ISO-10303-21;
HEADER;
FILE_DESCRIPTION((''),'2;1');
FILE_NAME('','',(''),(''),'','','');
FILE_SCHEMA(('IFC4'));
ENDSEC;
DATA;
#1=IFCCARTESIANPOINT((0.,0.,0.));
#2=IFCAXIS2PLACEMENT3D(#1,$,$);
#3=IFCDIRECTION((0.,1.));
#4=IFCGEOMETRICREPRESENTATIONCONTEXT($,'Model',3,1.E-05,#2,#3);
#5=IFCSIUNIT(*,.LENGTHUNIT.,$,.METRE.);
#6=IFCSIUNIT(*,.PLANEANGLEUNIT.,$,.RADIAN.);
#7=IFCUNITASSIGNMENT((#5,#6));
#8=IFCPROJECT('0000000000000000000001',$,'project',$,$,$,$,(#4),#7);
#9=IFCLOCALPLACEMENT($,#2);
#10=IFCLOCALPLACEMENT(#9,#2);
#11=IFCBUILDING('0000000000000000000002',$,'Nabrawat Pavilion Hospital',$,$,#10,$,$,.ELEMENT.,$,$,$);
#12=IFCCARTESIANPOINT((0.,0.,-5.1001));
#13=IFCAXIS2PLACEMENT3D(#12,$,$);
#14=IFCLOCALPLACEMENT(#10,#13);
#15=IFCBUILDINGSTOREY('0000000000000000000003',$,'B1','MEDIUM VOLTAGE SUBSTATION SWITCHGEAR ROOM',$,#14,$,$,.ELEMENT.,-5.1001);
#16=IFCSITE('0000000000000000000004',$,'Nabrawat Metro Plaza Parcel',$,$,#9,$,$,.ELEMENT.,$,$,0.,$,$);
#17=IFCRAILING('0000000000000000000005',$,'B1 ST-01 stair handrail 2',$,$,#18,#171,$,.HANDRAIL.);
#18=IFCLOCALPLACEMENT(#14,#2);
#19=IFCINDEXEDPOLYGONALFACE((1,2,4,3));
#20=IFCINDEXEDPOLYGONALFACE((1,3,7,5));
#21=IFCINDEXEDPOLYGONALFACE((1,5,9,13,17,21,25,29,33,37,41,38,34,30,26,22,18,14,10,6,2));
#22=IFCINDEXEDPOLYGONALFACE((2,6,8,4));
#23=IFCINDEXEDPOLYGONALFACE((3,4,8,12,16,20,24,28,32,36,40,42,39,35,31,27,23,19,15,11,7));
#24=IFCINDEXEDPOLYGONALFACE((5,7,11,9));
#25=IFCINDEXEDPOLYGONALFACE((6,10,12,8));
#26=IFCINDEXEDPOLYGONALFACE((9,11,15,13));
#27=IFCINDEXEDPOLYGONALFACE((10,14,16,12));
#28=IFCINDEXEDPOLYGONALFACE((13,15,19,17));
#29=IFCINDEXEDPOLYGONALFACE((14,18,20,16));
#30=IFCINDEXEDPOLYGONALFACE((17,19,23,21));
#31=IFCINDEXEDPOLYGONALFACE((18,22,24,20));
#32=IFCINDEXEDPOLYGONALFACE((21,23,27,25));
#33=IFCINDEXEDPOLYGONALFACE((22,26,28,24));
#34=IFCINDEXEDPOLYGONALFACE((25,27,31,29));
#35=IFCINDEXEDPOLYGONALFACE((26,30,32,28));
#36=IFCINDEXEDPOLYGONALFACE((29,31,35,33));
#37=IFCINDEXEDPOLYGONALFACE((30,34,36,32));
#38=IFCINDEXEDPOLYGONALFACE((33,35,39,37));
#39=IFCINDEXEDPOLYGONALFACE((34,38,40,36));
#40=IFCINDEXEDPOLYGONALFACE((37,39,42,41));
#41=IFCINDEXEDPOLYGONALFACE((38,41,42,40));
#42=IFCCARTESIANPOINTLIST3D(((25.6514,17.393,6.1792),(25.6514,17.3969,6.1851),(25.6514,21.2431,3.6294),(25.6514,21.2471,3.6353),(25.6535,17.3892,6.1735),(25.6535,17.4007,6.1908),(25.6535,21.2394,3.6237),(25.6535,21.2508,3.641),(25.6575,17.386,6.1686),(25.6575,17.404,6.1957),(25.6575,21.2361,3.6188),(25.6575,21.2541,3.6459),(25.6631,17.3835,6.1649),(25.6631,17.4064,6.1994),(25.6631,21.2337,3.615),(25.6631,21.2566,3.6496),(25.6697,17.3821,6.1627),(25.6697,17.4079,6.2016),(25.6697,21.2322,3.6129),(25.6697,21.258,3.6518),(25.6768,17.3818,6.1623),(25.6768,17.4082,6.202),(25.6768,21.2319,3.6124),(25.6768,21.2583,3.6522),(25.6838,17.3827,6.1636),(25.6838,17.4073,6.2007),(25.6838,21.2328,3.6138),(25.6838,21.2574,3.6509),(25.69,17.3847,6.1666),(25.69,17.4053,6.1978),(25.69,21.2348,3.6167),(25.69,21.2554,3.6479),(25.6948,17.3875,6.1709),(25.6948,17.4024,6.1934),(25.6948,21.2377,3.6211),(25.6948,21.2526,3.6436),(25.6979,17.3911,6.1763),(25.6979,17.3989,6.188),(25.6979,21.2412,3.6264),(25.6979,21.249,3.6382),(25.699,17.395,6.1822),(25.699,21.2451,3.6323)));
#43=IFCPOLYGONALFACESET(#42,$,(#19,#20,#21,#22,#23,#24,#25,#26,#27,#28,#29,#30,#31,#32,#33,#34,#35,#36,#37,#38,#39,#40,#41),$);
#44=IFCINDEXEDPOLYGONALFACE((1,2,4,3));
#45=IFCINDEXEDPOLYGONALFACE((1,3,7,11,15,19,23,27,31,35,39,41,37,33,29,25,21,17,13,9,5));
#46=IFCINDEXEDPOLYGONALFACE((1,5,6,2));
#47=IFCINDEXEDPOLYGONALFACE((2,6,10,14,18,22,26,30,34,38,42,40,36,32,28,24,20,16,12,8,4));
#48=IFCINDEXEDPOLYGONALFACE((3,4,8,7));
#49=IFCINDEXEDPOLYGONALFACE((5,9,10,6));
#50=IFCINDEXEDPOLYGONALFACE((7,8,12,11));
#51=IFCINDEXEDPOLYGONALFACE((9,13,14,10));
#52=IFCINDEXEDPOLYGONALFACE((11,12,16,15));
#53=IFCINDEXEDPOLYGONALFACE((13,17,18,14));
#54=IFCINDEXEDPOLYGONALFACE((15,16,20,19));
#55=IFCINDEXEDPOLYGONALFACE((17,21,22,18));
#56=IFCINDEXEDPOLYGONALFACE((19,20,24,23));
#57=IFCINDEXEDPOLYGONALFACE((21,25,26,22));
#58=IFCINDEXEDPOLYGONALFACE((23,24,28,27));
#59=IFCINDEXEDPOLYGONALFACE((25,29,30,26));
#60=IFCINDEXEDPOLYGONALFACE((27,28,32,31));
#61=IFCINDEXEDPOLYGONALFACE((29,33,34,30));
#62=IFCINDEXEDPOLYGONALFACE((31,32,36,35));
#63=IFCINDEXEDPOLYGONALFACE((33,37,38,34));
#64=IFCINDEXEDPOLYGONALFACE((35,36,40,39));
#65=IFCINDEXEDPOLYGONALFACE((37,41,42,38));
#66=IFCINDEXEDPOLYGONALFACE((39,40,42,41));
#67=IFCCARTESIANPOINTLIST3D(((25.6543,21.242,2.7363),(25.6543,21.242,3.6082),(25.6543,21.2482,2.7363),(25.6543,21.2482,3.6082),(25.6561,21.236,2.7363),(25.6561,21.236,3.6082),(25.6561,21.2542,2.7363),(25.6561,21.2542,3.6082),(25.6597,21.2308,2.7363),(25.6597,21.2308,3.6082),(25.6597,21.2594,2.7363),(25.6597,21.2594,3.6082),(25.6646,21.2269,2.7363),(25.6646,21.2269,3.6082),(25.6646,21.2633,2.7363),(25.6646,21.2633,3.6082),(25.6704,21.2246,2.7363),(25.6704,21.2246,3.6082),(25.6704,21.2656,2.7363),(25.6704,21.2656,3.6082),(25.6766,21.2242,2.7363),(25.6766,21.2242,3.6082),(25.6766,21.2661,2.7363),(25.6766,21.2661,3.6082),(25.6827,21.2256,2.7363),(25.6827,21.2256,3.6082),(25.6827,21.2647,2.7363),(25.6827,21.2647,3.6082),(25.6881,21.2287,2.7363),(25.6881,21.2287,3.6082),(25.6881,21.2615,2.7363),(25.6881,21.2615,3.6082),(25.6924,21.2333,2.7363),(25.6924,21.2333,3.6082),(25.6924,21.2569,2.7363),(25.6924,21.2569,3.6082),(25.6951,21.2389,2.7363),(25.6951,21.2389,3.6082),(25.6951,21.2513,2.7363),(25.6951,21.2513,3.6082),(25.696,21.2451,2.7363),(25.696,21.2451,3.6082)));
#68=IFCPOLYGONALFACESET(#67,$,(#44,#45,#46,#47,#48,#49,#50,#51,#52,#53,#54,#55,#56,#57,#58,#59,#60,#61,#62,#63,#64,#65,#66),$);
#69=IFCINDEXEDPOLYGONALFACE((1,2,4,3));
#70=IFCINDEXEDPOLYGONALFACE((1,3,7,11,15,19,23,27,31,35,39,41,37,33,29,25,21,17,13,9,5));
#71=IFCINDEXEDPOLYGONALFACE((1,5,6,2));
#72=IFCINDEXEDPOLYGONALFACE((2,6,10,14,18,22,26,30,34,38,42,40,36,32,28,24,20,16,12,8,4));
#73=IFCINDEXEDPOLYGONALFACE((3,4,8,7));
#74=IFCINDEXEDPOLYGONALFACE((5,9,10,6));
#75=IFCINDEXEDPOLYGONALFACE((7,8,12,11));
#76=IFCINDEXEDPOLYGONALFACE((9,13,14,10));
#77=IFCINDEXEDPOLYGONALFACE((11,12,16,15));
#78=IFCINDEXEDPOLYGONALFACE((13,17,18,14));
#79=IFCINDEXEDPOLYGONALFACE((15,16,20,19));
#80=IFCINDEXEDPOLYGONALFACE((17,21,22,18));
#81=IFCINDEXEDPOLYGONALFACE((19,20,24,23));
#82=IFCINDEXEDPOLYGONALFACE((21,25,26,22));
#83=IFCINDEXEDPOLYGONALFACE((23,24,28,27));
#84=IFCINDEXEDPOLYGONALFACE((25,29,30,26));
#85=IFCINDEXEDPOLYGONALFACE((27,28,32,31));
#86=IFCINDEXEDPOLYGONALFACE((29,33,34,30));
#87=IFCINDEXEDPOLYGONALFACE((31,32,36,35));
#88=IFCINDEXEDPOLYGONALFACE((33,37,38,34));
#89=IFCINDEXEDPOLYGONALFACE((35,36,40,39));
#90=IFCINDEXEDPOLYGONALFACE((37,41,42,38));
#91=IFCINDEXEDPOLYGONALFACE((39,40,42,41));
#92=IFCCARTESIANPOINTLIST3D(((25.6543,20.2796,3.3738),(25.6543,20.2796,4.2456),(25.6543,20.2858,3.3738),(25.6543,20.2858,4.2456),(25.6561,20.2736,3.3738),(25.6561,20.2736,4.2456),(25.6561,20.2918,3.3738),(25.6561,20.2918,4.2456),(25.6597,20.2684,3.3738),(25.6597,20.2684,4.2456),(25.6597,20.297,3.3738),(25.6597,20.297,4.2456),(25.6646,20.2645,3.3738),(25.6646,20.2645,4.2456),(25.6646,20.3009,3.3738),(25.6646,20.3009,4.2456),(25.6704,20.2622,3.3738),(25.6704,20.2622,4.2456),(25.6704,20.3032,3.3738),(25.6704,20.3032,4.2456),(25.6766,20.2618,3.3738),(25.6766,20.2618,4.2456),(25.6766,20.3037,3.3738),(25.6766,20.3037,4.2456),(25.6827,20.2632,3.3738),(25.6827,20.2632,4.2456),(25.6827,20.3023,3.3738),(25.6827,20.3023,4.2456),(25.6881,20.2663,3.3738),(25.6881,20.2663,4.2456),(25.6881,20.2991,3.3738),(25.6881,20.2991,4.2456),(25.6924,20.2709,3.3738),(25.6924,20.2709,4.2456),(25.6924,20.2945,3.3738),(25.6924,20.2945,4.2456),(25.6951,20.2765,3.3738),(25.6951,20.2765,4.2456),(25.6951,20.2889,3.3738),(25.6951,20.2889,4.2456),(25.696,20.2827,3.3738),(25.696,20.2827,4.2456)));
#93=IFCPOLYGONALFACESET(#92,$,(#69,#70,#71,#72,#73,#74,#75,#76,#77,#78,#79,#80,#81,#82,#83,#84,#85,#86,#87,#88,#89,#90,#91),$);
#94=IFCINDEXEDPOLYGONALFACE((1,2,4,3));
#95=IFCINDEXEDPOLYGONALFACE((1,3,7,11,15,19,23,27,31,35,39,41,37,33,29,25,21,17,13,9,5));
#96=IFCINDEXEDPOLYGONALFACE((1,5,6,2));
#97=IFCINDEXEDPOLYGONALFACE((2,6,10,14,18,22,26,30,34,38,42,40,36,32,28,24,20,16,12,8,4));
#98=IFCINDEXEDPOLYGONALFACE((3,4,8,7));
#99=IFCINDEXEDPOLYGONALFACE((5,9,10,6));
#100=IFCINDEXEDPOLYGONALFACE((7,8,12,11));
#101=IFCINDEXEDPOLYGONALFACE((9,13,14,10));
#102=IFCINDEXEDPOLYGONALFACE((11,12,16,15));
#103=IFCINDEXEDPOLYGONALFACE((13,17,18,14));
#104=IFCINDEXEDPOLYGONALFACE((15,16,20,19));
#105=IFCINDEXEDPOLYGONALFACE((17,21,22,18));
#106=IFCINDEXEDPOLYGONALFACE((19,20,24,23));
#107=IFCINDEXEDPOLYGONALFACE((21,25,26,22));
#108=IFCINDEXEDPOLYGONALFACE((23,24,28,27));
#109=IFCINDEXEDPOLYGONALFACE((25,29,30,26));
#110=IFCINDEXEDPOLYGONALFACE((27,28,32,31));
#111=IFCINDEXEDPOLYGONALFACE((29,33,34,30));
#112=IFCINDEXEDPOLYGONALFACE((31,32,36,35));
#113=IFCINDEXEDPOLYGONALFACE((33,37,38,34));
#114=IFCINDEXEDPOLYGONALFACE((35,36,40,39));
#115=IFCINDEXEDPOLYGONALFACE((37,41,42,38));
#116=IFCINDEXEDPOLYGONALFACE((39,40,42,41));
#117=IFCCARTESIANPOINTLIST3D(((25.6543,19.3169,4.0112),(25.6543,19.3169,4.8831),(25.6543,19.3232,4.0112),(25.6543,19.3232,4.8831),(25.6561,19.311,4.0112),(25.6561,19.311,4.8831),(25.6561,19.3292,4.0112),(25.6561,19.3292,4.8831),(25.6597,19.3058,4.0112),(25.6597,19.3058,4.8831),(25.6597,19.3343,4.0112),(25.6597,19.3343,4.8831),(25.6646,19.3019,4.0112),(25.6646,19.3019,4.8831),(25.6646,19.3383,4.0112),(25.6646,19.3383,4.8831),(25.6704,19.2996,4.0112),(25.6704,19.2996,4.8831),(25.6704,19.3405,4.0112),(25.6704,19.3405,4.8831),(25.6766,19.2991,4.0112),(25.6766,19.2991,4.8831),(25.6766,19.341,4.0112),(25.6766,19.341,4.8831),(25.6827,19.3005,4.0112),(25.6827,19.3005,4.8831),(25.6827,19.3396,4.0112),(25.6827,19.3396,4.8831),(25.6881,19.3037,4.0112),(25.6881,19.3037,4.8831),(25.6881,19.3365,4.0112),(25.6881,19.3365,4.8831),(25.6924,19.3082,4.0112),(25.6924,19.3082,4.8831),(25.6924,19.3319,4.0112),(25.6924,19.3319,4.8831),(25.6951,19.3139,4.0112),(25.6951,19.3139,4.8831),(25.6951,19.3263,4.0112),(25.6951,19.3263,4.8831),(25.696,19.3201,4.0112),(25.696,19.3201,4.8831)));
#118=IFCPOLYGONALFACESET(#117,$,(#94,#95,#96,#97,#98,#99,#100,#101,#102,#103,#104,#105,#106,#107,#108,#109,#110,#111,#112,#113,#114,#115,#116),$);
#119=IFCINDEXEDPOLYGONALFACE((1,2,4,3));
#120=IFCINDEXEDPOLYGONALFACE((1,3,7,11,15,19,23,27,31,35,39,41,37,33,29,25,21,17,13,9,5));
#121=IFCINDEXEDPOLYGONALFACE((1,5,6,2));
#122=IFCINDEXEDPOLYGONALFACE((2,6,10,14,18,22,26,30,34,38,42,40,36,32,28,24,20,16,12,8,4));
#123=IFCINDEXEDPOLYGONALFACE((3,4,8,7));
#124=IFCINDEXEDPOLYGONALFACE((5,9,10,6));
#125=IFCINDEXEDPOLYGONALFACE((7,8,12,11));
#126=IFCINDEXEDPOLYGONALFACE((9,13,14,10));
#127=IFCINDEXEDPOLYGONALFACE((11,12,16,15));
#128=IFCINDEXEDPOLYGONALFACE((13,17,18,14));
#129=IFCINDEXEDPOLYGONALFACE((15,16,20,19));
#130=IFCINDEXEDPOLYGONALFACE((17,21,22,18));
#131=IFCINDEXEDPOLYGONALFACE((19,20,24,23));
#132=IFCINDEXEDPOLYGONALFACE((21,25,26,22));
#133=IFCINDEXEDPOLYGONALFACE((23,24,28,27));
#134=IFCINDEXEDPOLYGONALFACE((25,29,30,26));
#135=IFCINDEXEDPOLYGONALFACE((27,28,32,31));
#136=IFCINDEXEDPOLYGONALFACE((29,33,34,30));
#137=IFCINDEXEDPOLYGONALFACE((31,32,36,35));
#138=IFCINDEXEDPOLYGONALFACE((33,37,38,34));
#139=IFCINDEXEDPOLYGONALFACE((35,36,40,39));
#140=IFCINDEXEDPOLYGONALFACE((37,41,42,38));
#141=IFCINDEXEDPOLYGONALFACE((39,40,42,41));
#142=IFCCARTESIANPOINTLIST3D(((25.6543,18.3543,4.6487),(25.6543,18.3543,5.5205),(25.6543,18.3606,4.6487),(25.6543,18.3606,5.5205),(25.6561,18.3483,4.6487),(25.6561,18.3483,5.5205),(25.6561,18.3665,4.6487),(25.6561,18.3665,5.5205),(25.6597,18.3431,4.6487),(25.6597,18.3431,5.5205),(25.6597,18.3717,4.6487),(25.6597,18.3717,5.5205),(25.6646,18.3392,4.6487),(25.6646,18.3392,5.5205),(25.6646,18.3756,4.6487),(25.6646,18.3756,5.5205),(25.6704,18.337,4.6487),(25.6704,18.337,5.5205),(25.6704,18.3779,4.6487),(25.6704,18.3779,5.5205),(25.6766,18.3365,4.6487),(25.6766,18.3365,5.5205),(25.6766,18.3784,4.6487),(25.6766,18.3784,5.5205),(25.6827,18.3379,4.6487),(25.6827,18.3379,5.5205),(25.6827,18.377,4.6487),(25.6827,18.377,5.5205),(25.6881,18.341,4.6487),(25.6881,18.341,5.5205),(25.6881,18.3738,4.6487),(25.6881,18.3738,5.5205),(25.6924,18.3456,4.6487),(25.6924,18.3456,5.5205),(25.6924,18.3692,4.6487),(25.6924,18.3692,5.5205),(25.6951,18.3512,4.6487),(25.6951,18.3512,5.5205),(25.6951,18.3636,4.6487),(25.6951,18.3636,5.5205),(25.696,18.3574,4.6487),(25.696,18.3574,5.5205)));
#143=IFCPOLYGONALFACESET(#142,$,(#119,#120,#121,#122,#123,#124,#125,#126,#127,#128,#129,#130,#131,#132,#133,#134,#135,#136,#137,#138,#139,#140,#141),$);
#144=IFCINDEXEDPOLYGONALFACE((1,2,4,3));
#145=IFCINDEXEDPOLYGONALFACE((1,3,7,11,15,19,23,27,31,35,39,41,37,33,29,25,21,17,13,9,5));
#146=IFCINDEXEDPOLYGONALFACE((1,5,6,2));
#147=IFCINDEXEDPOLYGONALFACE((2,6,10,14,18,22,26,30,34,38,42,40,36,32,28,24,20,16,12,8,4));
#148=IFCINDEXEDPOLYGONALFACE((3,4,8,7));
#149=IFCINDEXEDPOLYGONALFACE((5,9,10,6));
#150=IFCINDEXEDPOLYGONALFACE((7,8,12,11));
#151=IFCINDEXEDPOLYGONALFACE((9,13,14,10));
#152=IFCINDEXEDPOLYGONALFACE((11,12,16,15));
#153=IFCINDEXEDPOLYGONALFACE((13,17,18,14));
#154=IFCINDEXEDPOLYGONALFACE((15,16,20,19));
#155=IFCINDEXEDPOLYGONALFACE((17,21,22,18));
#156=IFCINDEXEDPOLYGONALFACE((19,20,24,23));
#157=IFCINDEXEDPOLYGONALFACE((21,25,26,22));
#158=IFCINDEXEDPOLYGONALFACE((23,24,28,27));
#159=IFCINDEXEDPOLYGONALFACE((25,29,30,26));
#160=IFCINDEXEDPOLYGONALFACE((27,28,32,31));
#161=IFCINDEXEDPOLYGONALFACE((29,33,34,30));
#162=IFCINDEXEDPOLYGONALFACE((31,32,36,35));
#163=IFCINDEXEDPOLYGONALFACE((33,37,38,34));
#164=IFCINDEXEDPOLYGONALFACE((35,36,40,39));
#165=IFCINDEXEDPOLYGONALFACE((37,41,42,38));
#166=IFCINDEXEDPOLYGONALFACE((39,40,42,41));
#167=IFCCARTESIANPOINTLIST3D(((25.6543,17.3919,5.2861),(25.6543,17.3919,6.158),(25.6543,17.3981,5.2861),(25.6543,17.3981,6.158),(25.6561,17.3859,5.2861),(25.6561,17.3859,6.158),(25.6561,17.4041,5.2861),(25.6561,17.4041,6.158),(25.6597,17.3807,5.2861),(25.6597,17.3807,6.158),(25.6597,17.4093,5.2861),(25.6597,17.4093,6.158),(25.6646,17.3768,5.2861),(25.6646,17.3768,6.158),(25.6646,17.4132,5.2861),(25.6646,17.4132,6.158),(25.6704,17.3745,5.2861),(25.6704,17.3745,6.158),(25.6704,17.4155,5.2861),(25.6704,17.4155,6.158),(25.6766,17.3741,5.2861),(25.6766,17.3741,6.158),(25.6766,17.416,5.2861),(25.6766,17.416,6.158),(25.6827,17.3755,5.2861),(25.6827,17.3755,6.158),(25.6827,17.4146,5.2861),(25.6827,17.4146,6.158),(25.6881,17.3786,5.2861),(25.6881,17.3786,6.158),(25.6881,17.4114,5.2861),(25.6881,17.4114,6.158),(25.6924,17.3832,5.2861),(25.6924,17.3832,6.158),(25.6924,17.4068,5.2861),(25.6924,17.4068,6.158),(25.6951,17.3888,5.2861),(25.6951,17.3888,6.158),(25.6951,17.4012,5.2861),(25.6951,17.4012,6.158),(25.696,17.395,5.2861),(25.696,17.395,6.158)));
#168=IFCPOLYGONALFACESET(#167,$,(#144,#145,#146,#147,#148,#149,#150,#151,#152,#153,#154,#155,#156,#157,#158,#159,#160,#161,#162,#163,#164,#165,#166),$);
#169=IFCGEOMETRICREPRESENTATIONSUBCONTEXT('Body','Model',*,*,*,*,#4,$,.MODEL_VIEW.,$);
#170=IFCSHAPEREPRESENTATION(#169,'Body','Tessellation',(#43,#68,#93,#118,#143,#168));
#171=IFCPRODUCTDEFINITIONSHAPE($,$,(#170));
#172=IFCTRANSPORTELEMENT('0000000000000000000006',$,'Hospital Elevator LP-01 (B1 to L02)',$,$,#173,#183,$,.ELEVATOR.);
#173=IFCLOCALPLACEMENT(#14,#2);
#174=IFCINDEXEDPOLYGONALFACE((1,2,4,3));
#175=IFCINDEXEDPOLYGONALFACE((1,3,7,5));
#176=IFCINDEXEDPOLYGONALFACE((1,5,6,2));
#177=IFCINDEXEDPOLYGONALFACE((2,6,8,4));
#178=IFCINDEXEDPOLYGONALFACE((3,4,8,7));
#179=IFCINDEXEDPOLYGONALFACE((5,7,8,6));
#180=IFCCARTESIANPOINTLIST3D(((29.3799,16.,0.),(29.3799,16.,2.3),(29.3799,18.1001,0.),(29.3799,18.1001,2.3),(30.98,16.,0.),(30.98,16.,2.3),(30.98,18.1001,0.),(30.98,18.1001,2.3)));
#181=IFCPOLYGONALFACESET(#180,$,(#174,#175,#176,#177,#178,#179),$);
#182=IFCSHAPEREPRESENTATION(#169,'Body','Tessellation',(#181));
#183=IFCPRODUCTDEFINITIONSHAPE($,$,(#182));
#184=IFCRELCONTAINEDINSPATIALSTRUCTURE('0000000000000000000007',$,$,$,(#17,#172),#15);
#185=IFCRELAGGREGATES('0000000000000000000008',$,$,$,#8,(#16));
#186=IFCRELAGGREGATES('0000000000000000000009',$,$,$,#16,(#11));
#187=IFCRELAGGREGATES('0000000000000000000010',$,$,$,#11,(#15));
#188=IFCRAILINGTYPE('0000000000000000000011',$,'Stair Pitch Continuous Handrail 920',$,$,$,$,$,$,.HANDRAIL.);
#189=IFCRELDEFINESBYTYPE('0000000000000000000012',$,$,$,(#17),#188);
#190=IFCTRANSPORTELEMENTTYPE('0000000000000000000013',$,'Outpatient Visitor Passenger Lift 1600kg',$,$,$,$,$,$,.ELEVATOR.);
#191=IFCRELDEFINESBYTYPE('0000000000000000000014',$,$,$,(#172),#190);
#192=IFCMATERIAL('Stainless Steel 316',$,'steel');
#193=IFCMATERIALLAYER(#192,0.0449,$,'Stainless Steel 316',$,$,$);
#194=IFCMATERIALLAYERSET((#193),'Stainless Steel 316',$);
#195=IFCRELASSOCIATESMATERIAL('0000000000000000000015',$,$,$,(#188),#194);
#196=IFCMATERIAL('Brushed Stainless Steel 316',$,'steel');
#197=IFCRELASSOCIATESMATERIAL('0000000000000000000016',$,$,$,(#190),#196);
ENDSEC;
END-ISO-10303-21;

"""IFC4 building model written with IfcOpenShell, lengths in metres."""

from ifc_helpers import new_model, si_unit, direction, frame, origin, origin_2d, place, context, subcontext, project, spatial, rectangle, circle, extrude, material, layer, layer_set, type_object, element, save


model = new_model("IFC4")

# Units and contexts
model_context = context("Model", 3, precision=1e-05, world=origin(), true_north=direction((0.0, 1.0)))
body_context = subcontext(model_context, "Body", "Model", "MODEL_VIEW")
ifc_project = project(units=[si_unit("LENGTHUNIT", "METRE"), si_unit("PLANEANGLEUNIT", "RADIAN")], contexts=[model_context])

# Site, building, storey
site_placement = place(None, origin())
site = spatial("IfcSite", under=ifc_project, at=site_placement, Name="Nabrawat Metro Plaza Parcel", CompositionType="ELEMENT", RefElevation=0.0)
building_placement = place(site_placement, origin())
building = spatial("IfcBuilding", under=site, at=building_placement, Name="Nabrawat Pavilion Hospital", CompositionType="ELEMENT")
storey_placement = place(building_placement, frame((0.0, 0.0, -5.1001)))
storey = spatial("IfcBuildingStorey", under=building, at=storey_placement, Name="B1", Description="MEDIUM VOLTAGE SUBSTATION SWITCHGEAR ROOM", CompositionType="ELEMENT", Elevation=-5.1001)

# Railing
ifc_material_1 = material(Name="Stainless Steel 316", Category="steel")
ifc_layer_1 = layer(ifc_material_1, 0.0449, Name="Stainless Steel 316")
ifc_layer_set_1 = layer_set([ifc_layer_1], Name="Stainless Steel 316")
railing_type_1 = type_object("IfcRailingType", Name="Stair Pitch Continuous Handrail 920", PredefinedType="HANDRAIL", material=ifc_layer_set_1)
railing_1_placement = place(storey_placement, frame((25.675, 21.2451, 2.7363)))
element("IfcRailing", 1, at=railing_1_placement, inside=storey, type_object=railing_type_1, Name="B1 ST-01 stair handrail 2", PredefinedType="HANDRAIL", context=body_context, shape_type="SweptSolid", body=[
    extrude(circle(Radius=0.0239, at=origin_2d()), frame((0.0, 0.0, 0.896), z_axis=(0.0, -0.833738, 0.55216), x_axis=(1.0, 0.0, 0.0)), (0.0, 0.0, 1.0), 4.6179),
    extrude(circle(Radius=0.021, at=origin_2d()), origin(), (0.0, 0.0, 1.0), 0.8718),
    extrude(circle(Radius=0.021, at=origin_2d()), frame((0.0, -0.9624, 0.6375)), (0.0, 0.0, 1.0), 0.8718),
    extrude(circle(Radius=0.021, at=origin_2d()), frame((0.0, -1.925, 1.2749)), (0.0, 0.0, 1.0), 0.8718),
    extrude(circle(Radius=0.021, at=origin_2d()), frame((0.0, -2.8877, 1.9124)), (0.0, 0.0, 1.0), 0.8718),
    extrude(circle(Radius=0.021, at=origin_2d()), frame((0.0, -3.8501, 2.5498)), (0.0, 0.0, 1.0), 0.8718),
])

# Transport element
ifc_material_2 = material(Name="Brushed Stainless Steel 316", Category="steel")
transport_element_type = type_object("IfcTransportElementType", Name="Outpatient Visitor Passenger Lift 1600kg", PredefinedType="ELEVATOR", material=ifc_material_2)
transport_element_placement = place(storey_placement, frame((30.1799, 17.05, 0.0), z_axis=(0.0, 0.0, 1.0), x_axis=(1.0, 0.0, 0.0)))
element("IfcTransportElement", 2, at=transport_element_placement, inside=storey, type_object=transport_element_type, Name="Hospital Elevator LP-01 (B1 to L02)", PredefinedType="ELEVATOR", context=body_context, shape_type="SweptSolid", body=[
    extrude(rectangle(XDim=1.6001, YDim=2.1001, at=origin_2d()), origin(), (0.0, 0.0, 1.0), 2.3),
])

save(model, "model.ifc")
